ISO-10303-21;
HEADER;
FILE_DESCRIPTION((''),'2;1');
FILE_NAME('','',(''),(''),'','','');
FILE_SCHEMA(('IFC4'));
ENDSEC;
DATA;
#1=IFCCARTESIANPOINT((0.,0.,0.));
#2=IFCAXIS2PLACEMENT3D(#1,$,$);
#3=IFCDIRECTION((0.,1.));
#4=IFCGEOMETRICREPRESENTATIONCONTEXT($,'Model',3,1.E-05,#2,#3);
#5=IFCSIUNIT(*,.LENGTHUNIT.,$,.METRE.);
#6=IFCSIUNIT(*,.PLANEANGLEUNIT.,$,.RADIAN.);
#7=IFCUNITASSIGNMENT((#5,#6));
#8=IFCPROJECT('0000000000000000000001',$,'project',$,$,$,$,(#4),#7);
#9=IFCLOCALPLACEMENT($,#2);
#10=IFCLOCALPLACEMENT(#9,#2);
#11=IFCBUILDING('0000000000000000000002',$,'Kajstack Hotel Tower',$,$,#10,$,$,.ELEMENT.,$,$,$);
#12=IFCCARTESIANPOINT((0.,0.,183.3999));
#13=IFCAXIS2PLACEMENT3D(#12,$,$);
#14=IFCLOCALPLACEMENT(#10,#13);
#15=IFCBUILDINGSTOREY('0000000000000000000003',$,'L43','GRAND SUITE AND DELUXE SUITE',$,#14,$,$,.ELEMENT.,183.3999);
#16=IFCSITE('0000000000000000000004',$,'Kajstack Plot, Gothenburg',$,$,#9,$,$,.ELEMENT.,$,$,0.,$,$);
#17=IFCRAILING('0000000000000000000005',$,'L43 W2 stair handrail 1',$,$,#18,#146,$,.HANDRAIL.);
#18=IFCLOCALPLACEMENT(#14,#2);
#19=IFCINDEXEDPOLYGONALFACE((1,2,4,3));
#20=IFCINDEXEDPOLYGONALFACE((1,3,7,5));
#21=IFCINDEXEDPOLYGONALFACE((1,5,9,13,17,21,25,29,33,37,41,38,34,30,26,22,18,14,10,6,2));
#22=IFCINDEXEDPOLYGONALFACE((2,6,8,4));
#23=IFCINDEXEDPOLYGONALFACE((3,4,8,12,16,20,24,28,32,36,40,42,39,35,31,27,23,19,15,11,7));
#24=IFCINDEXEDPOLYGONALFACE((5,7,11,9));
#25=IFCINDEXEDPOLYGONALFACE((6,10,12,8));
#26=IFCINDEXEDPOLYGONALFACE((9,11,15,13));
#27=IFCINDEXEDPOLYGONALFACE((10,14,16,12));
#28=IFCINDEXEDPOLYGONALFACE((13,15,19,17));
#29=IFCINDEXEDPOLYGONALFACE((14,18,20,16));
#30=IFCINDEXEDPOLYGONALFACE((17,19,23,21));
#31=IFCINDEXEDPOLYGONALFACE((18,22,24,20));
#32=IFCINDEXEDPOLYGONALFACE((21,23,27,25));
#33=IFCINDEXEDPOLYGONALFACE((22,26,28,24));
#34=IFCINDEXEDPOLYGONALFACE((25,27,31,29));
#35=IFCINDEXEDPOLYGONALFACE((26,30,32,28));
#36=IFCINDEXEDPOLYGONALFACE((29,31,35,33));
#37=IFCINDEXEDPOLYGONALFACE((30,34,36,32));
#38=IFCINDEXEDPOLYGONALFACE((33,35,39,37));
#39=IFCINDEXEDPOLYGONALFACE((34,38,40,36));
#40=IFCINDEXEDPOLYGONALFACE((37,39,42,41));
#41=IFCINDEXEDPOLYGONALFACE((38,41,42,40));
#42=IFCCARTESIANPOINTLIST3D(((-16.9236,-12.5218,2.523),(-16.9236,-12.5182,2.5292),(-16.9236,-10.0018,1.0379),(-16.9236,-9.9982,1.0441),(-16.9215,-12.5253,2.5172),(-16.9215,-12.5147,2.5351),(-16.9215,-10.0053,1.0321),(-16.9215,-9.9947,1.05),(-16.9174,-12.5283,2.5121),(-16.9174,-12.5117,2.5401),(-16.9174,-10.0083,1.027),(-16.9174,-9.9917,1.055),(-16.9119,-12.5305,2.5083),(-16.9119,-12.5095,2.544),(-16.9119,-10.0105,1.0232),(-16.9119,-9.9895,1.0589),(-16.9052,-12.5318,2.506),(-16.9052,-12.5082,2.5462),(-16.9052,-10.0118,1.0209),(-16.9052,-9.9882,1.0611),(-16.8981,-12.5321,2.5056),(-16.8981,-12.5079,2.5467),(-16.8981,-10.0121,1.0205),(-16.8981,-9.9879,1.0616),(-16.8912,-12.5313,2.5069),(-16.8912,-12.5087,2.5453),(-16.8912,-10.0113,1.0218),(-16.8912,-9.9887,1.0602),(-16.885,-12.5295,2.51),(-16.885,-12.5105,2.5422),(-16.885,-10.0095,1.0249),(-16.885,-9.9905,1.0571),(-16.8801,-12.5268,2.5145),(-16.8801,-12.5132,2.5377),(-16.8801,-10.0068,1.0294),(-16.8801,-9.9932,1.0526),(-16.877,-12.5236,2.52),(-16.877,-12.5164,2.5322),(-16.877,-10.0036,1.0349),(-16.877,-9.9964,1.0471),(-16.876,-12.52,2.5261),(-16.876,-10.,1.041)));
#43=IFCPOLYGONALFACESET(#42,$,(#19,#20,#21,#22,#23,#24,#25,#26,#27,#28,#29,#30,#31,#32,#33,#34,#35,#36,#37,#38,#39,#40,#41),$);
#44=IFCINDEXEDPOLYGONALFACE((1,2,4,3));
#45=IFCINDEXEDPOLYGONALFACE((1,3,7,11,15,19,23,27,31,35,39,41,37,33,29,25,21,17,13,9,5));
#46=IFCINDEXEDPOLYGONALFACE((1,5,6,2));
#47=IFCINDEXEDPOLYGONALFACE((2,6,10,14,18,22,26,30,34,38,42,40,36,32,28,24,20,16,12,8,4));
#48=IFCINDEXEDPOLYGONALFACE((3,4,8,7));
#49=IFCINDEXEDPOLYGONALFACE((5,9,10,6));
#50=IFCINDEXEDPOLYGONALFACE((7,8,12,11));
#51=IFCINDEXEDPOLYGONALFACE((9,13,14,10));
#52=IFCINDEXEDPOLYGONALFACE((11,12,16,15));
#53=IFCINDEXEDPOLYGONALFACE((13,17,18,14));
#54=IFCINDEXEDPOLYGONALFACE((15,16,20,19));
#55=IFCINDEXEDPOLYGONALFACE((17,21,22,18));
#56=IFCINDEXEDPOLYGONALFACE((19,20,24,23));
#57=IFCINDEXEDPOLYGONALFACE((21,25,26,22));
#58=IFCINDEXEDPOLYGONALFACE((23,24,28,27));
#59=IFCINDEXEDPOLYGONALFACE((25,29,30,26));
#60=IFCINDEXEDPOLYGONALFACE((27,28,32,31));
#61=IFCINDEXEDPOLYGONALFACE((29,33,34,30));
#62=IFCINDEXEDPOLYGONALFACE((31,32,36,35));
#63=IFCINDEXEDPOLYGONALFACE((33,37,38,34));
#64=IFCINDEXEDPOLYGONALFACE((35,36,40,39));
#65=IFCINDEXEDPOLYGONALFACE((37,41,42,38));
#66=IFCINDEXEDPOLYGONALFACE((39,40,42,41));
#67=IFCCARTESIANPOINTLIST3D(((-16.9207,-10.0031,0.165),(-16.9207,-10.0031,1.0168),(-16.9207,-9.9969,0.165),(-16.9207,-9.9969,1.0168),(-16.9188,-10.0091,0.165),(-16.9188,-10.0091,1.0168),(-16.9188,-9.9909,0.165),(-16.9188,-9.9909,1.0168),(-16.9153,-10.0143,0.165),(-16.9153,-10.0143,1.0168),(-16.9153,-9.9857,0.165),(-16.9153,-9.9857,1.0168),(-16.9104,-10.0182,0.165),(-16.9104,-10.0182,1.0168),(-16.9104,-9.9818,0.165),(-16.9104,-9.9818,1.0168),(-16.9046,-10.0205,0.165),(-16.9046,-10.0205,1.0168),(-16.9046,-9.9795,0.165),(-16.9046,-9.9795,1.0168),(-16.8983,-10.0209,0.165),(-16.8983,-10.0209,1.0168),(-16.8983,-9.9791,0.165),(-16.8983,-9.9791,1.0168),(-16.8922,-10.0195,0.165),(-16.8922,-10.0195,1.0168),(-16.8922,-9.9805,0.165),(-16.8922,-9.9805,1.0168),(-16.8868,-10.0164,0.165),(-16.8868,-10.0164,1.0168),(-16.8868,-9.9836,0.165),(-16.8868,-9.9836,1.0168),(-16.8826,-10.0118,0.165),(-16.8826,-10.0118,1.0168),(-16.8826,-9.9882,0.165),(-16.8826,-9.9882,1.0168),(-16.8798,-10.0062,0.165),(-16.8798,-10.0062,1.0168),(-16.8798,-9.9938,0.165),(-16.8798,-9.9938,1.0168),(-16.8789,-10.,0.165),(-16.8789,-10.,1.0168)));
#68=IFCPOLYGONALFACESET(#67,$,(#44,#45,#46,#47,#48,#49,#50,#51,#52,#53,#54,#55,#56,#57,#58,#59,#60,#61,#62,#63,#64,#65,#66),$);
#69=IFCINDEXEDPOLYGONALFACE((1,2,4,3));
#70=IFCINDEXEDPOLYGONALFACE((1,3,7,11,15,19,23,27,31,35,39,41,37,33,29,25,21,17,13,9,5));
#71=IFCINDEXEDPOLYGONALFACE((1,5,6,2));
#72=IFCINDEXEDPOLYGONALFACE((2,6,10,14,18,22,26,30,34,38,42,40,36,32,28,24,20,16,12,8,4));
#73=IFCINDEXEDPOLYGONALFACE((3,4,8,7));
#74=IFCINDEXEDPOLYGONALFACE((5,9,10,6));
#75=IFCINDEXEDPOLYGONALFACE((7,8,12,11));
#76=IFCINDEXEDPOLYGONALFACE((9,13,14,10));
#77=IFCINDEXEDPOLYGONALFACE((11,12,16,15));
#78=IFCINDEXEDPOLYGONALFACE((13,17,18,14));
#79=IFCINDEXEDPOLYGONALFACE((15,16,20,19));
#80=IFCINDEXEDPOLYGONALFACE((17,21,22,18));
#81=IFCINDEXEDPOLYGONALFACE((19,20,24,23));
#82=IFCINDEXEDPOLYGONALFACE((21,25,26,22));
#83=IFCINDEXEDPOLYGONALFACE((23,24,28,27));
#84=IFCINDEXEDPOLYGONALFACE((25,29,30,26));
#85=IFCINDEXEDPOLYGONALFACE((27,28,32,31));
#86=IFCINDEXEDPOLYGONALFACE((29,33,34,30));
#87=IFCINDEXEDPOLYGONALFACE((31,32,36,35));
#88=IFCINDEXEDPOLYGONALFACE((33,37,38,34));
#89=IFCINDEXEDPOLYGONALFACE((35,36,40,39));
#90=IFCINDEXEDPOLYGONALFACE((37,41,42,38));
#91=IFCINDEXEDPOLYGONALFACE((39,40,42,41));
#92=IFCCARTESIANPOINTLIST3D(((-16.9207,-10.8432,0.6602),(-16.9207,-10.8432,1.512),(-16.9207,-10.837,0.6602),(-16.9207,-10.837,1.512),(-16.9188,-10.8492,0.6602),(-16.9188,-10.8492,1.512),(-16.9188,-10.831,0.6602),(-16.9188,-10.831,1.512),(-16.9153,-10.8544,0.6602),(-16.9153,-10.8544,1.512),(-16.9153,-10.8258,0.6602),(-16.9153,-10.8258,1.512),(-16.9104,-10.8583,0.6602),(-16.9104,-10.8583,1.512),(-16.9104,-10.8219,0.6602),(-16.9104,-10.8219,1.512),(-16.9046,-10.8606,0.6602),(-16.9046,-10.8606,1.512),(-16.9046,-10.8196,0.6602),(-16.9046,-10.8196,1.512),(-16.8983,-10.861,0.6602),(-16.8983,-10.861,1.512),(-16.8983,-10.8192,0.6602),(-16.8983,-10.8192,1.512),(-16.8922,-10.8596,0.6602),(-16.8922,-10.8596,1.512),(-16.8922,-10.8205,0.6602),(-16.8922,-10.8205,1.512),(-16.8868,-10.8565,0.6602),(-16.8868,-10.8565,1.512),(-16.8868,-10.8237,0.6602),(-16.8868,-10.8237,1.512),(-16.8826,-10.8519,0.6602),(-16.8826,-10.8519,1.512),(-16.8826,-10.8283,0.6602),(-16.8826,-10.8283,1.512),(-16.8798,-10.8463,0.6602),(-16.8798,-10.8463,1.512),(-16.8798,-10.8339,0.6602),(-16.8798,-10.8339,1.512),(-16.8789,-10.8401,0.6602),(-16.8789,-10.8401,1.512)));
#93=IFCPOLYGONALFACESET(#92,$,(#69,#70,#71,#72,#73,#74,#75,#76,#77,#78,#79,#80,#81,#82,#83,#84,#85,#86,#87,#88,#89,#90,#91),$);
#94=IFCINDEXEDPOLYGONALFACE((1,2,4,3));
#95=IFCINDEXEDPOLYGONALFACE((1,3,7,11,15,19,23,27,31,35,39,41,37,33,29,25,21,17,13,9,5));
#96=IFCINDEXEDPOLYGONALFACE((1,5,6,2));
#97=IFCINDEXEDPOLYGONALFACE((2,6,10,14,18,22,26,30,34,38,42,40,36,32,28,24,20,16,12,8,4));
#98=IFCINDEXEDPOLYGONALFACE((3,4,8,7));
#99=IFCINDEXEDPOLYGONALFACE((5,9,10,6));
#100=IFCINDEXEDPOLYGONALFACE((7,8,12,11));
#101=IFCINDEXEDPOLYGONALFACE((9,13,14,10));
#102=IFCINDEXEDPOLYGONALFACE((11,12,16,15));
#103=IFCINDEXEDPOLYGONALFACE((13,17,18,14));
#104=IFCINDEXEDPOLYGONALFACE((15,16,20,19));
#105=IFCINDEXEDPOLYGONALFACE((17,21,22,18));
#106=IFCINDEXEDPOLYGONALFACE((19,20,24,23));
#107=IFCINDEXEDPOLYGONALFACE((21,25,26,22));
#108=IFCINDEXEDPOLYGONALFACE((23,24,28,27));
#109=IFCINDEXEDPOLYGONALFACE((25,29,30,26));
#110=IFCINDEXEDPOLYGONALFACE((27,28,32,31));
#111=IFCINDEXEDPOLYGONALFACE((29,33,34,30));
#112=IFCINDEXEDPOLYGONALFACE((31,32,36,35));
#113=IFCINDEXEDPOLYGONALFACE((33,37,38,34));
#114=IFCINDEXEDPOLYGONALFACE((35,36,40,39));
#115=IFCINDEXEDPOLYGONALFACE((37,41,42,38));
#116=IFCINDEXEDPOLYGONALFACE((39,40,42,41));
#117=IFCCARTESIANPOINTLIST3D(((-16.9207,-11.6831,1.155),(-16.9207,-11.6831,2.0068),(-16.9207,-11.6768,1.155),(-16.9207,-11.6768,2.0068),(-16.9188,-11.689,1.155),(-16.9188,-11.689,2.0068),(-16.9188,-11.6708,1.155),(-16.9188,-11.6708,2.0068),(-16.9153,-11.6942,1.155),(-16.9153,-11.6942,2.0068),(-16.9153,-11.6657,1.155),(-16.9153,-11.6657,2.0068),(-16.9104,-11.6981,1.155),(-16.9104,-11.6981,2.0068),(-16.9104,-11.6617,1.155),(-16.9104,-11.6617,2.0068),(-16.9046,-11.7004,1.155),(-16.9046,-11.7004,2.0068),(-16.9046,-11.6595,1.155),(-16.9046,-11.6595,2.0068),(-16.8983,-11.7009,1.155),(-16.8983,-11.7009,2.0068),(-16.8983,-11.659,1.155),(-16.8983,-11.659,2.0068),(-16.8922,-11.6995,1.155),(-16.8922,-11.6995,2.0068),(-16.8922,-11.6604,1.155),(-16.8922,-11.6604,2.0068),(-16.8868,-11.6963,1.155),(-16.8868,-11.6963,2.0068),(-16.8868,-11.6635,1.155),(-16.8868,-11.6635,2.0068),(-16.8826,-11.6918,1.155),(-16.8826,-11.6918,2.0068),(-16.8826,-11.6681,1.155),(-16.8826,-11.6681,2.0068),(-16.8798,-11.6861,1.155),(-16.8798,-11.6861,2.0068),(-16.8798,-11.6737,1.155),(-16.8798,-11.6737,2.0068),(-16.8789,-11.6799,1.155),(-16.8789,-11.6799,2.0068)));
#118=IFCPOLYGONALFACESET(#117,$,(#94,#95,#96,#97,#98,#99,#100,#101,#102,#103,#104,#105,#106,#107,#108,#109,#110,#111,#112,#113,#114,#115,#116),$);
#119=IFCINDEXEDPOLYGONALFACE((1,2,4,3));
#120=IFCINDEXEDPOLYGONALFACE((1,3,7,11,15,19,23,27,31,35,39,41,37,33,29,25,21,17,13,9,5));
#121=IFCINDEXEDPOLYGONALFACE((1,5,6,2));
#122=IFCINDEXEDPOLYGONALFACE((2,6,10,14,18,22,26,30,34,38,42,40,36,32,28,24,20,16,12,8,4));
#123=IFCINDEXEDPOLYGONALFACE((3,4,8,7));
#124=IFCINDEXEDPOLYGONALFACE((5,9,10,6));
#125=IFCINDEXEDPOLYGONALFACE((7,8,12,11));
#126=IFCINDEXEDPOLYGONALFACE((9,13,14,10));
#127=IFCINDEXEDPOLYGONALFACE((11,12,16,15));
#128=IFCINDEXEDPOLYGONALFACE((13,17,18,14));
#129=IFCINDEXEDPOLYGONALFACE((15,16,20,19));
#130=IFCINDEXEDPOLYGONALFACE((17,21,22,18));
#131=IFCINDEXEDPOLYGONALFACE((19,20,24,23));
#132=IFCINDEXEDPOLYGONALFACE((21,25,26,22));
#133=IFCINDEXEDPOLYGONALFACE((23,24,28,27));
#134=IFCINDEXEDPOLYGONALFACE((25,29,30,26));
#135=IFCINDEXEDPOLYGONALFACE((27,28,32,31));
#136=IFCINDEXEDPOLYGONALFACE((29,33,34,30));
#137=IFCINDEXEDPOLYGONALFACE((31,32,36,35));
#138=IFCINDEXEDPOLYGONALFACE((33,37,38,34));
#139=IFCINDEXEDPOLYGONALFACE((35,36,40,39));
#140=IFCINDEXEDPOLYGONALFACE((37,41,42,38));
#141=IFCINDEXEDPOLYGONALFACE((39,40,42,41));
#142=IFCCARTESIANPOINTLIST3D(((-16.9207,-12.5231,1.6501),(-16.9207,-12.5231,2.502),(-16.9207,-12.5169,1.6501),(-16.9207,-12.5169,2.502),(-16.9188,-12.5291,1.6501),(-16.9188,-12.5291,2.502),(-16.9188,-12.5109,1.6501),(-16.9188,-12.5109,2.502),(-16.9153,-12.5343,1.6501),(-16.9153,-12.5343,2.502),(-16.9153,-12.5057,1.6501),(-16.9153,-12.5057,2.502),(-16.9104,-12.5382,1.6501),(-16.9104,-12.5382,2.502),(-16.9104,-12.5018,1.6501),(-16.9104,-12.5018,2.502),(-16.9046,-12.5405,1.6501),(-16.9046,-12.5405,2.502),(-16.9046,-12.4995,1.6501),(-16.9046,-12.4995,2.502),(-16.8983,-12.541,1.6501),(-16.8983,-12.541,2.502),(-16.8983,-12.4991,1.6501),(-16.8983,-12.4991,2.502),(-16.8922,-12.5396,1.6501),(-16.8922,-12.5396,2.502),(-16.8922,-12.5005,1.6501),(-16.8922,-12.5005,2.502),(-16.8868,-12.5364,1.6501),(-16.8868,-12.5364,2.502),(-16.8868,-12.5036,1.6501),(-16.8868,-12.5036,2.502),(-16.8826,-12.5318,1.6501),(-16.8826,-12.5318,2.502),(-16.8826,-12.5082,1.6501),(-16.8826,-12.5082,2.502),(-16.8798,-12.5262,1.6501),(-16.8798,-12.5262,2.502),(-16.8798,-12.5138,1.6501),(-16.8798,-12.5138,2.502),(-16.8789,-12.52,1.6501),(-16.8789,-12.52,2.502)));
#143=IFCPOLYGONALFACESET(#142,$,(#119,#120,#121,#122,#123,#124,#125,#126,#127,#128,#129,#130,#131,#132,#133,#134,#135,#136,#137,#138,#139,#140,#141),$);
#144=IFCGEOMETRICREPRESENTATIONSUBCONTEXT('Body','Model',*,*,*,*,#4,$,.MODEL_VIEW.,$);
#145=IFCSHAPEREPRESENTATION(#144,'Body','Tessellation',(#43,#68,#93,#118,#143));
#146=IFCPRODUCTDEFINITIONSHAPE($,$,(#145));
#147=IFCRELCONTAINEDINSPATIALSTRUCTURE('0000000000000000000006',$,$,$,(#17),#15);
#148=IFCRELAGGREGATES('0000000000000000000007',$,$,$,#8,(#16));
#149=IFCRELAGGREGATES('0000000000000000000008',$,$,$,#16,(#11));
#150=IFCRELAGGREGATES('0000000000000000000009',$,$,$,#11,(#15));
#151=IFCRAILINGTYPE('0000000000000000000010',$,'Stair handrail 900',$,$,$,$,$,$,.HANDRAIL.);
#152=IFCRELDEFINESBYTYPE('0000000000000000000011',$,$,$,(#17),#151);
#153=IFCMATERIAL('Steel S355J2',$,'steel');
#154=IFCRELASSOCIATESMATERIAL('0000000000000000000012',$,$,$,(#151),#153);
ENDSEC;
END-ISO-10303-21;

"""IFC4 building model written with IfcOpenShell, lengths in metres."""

from ifc_helpers import new_model, si_unit, direction, frame, origin, origin_2d, place, context, subcontext, project, spatial, circle, extrude, material, type_object, element, save


model = new_model("IFC4")

# Units and contexts
model_context = context("Model", 3, precision=1e-05, world=origin(), true_north=direction((0.0, 1.0)))
body_context = subcontext(model_context, "Body", "Model", "MODEL_VIEW")
ifc_project = project(units=[si_unit("LENGTHUNIT", "METRE"), si_unit("PLANEANGLEUNIT", "RADIAN")], contexts=[model_context])

# Site, building, storey
site_placement = place(None, origin())
site = spatial("IfcSite", under=ifc_project, at=site_placement, Name="Kajstack Plot, Gothenburg", CompositionType="ELEMENT", RefElevation=0.0)
building_placement = place(site_placement, origin())
building = spatial("IfcBuilding", under=site, at=building_placement, Name="Kajstack Hotel Tower", CompositionType="ELEMENT")
storey_placement = place(building_placement, frame((0.0, 0.0, 183.3999)))
storey = spatial("IfcBuildingStorey", under=building, at=storey_placement, Name="L43", Description="GRAND SUITE AND DELUXE SUITE", CompositionType="ELEMENT", Elevation=183.3999)

# Railing
ifc_material_1 = material(Name="Steel S355J2", Category="steel")
railing_type_1 = type_object("IfcRailingType", Name="Stair handrail 900", PredefinedType="HANDRAIL", material=ifc_material_1)
railing_1_placement = place(storey_placement, frame((-16.8999, -10.0, 0.165)))
element("IfcRailing", 1, at=railing_1_placement, inside=storey, type_object=railing_type_1, Name="L43 W2 stair handrail 1", PredefinedType="HANDRAIL", context=body_context, shape_type="SweptSolid", body=[
    extrude(circle(Radius=0.0239, at=origin_2d()), frame((0.0, 0.0, 0.876), z_axis=(0.0, -0.861524, 0.507717), x_axis=(1.0, 0.0, 0.0)), (0.0, 0.0, 1.0), 2.925),
    extrude(circle(Radius=0.021, at=origin_2d()), origin(), (0.0, 0.0, 1.0), 0.8518),
    extrude(circle(Radius=0.021, at=origin_2d()), frame((0.0, -0.8401, 0.4951)), (0.0, 0.0, 1.0), 0.8518),
    extrude(circle(Radius=0.021, at=origin_2d()), frame((0.0, -1.6799, 0.99)), (0.0, 0.0, 1.0), 0.8518),
    extrude(circle(Radius=0.021, at=origin_2d()), frame((0.0, -2.52, 1.4851)), (0.0, 0.0, 1.0), 0.8518),
])

save(model, "model.ifc")
